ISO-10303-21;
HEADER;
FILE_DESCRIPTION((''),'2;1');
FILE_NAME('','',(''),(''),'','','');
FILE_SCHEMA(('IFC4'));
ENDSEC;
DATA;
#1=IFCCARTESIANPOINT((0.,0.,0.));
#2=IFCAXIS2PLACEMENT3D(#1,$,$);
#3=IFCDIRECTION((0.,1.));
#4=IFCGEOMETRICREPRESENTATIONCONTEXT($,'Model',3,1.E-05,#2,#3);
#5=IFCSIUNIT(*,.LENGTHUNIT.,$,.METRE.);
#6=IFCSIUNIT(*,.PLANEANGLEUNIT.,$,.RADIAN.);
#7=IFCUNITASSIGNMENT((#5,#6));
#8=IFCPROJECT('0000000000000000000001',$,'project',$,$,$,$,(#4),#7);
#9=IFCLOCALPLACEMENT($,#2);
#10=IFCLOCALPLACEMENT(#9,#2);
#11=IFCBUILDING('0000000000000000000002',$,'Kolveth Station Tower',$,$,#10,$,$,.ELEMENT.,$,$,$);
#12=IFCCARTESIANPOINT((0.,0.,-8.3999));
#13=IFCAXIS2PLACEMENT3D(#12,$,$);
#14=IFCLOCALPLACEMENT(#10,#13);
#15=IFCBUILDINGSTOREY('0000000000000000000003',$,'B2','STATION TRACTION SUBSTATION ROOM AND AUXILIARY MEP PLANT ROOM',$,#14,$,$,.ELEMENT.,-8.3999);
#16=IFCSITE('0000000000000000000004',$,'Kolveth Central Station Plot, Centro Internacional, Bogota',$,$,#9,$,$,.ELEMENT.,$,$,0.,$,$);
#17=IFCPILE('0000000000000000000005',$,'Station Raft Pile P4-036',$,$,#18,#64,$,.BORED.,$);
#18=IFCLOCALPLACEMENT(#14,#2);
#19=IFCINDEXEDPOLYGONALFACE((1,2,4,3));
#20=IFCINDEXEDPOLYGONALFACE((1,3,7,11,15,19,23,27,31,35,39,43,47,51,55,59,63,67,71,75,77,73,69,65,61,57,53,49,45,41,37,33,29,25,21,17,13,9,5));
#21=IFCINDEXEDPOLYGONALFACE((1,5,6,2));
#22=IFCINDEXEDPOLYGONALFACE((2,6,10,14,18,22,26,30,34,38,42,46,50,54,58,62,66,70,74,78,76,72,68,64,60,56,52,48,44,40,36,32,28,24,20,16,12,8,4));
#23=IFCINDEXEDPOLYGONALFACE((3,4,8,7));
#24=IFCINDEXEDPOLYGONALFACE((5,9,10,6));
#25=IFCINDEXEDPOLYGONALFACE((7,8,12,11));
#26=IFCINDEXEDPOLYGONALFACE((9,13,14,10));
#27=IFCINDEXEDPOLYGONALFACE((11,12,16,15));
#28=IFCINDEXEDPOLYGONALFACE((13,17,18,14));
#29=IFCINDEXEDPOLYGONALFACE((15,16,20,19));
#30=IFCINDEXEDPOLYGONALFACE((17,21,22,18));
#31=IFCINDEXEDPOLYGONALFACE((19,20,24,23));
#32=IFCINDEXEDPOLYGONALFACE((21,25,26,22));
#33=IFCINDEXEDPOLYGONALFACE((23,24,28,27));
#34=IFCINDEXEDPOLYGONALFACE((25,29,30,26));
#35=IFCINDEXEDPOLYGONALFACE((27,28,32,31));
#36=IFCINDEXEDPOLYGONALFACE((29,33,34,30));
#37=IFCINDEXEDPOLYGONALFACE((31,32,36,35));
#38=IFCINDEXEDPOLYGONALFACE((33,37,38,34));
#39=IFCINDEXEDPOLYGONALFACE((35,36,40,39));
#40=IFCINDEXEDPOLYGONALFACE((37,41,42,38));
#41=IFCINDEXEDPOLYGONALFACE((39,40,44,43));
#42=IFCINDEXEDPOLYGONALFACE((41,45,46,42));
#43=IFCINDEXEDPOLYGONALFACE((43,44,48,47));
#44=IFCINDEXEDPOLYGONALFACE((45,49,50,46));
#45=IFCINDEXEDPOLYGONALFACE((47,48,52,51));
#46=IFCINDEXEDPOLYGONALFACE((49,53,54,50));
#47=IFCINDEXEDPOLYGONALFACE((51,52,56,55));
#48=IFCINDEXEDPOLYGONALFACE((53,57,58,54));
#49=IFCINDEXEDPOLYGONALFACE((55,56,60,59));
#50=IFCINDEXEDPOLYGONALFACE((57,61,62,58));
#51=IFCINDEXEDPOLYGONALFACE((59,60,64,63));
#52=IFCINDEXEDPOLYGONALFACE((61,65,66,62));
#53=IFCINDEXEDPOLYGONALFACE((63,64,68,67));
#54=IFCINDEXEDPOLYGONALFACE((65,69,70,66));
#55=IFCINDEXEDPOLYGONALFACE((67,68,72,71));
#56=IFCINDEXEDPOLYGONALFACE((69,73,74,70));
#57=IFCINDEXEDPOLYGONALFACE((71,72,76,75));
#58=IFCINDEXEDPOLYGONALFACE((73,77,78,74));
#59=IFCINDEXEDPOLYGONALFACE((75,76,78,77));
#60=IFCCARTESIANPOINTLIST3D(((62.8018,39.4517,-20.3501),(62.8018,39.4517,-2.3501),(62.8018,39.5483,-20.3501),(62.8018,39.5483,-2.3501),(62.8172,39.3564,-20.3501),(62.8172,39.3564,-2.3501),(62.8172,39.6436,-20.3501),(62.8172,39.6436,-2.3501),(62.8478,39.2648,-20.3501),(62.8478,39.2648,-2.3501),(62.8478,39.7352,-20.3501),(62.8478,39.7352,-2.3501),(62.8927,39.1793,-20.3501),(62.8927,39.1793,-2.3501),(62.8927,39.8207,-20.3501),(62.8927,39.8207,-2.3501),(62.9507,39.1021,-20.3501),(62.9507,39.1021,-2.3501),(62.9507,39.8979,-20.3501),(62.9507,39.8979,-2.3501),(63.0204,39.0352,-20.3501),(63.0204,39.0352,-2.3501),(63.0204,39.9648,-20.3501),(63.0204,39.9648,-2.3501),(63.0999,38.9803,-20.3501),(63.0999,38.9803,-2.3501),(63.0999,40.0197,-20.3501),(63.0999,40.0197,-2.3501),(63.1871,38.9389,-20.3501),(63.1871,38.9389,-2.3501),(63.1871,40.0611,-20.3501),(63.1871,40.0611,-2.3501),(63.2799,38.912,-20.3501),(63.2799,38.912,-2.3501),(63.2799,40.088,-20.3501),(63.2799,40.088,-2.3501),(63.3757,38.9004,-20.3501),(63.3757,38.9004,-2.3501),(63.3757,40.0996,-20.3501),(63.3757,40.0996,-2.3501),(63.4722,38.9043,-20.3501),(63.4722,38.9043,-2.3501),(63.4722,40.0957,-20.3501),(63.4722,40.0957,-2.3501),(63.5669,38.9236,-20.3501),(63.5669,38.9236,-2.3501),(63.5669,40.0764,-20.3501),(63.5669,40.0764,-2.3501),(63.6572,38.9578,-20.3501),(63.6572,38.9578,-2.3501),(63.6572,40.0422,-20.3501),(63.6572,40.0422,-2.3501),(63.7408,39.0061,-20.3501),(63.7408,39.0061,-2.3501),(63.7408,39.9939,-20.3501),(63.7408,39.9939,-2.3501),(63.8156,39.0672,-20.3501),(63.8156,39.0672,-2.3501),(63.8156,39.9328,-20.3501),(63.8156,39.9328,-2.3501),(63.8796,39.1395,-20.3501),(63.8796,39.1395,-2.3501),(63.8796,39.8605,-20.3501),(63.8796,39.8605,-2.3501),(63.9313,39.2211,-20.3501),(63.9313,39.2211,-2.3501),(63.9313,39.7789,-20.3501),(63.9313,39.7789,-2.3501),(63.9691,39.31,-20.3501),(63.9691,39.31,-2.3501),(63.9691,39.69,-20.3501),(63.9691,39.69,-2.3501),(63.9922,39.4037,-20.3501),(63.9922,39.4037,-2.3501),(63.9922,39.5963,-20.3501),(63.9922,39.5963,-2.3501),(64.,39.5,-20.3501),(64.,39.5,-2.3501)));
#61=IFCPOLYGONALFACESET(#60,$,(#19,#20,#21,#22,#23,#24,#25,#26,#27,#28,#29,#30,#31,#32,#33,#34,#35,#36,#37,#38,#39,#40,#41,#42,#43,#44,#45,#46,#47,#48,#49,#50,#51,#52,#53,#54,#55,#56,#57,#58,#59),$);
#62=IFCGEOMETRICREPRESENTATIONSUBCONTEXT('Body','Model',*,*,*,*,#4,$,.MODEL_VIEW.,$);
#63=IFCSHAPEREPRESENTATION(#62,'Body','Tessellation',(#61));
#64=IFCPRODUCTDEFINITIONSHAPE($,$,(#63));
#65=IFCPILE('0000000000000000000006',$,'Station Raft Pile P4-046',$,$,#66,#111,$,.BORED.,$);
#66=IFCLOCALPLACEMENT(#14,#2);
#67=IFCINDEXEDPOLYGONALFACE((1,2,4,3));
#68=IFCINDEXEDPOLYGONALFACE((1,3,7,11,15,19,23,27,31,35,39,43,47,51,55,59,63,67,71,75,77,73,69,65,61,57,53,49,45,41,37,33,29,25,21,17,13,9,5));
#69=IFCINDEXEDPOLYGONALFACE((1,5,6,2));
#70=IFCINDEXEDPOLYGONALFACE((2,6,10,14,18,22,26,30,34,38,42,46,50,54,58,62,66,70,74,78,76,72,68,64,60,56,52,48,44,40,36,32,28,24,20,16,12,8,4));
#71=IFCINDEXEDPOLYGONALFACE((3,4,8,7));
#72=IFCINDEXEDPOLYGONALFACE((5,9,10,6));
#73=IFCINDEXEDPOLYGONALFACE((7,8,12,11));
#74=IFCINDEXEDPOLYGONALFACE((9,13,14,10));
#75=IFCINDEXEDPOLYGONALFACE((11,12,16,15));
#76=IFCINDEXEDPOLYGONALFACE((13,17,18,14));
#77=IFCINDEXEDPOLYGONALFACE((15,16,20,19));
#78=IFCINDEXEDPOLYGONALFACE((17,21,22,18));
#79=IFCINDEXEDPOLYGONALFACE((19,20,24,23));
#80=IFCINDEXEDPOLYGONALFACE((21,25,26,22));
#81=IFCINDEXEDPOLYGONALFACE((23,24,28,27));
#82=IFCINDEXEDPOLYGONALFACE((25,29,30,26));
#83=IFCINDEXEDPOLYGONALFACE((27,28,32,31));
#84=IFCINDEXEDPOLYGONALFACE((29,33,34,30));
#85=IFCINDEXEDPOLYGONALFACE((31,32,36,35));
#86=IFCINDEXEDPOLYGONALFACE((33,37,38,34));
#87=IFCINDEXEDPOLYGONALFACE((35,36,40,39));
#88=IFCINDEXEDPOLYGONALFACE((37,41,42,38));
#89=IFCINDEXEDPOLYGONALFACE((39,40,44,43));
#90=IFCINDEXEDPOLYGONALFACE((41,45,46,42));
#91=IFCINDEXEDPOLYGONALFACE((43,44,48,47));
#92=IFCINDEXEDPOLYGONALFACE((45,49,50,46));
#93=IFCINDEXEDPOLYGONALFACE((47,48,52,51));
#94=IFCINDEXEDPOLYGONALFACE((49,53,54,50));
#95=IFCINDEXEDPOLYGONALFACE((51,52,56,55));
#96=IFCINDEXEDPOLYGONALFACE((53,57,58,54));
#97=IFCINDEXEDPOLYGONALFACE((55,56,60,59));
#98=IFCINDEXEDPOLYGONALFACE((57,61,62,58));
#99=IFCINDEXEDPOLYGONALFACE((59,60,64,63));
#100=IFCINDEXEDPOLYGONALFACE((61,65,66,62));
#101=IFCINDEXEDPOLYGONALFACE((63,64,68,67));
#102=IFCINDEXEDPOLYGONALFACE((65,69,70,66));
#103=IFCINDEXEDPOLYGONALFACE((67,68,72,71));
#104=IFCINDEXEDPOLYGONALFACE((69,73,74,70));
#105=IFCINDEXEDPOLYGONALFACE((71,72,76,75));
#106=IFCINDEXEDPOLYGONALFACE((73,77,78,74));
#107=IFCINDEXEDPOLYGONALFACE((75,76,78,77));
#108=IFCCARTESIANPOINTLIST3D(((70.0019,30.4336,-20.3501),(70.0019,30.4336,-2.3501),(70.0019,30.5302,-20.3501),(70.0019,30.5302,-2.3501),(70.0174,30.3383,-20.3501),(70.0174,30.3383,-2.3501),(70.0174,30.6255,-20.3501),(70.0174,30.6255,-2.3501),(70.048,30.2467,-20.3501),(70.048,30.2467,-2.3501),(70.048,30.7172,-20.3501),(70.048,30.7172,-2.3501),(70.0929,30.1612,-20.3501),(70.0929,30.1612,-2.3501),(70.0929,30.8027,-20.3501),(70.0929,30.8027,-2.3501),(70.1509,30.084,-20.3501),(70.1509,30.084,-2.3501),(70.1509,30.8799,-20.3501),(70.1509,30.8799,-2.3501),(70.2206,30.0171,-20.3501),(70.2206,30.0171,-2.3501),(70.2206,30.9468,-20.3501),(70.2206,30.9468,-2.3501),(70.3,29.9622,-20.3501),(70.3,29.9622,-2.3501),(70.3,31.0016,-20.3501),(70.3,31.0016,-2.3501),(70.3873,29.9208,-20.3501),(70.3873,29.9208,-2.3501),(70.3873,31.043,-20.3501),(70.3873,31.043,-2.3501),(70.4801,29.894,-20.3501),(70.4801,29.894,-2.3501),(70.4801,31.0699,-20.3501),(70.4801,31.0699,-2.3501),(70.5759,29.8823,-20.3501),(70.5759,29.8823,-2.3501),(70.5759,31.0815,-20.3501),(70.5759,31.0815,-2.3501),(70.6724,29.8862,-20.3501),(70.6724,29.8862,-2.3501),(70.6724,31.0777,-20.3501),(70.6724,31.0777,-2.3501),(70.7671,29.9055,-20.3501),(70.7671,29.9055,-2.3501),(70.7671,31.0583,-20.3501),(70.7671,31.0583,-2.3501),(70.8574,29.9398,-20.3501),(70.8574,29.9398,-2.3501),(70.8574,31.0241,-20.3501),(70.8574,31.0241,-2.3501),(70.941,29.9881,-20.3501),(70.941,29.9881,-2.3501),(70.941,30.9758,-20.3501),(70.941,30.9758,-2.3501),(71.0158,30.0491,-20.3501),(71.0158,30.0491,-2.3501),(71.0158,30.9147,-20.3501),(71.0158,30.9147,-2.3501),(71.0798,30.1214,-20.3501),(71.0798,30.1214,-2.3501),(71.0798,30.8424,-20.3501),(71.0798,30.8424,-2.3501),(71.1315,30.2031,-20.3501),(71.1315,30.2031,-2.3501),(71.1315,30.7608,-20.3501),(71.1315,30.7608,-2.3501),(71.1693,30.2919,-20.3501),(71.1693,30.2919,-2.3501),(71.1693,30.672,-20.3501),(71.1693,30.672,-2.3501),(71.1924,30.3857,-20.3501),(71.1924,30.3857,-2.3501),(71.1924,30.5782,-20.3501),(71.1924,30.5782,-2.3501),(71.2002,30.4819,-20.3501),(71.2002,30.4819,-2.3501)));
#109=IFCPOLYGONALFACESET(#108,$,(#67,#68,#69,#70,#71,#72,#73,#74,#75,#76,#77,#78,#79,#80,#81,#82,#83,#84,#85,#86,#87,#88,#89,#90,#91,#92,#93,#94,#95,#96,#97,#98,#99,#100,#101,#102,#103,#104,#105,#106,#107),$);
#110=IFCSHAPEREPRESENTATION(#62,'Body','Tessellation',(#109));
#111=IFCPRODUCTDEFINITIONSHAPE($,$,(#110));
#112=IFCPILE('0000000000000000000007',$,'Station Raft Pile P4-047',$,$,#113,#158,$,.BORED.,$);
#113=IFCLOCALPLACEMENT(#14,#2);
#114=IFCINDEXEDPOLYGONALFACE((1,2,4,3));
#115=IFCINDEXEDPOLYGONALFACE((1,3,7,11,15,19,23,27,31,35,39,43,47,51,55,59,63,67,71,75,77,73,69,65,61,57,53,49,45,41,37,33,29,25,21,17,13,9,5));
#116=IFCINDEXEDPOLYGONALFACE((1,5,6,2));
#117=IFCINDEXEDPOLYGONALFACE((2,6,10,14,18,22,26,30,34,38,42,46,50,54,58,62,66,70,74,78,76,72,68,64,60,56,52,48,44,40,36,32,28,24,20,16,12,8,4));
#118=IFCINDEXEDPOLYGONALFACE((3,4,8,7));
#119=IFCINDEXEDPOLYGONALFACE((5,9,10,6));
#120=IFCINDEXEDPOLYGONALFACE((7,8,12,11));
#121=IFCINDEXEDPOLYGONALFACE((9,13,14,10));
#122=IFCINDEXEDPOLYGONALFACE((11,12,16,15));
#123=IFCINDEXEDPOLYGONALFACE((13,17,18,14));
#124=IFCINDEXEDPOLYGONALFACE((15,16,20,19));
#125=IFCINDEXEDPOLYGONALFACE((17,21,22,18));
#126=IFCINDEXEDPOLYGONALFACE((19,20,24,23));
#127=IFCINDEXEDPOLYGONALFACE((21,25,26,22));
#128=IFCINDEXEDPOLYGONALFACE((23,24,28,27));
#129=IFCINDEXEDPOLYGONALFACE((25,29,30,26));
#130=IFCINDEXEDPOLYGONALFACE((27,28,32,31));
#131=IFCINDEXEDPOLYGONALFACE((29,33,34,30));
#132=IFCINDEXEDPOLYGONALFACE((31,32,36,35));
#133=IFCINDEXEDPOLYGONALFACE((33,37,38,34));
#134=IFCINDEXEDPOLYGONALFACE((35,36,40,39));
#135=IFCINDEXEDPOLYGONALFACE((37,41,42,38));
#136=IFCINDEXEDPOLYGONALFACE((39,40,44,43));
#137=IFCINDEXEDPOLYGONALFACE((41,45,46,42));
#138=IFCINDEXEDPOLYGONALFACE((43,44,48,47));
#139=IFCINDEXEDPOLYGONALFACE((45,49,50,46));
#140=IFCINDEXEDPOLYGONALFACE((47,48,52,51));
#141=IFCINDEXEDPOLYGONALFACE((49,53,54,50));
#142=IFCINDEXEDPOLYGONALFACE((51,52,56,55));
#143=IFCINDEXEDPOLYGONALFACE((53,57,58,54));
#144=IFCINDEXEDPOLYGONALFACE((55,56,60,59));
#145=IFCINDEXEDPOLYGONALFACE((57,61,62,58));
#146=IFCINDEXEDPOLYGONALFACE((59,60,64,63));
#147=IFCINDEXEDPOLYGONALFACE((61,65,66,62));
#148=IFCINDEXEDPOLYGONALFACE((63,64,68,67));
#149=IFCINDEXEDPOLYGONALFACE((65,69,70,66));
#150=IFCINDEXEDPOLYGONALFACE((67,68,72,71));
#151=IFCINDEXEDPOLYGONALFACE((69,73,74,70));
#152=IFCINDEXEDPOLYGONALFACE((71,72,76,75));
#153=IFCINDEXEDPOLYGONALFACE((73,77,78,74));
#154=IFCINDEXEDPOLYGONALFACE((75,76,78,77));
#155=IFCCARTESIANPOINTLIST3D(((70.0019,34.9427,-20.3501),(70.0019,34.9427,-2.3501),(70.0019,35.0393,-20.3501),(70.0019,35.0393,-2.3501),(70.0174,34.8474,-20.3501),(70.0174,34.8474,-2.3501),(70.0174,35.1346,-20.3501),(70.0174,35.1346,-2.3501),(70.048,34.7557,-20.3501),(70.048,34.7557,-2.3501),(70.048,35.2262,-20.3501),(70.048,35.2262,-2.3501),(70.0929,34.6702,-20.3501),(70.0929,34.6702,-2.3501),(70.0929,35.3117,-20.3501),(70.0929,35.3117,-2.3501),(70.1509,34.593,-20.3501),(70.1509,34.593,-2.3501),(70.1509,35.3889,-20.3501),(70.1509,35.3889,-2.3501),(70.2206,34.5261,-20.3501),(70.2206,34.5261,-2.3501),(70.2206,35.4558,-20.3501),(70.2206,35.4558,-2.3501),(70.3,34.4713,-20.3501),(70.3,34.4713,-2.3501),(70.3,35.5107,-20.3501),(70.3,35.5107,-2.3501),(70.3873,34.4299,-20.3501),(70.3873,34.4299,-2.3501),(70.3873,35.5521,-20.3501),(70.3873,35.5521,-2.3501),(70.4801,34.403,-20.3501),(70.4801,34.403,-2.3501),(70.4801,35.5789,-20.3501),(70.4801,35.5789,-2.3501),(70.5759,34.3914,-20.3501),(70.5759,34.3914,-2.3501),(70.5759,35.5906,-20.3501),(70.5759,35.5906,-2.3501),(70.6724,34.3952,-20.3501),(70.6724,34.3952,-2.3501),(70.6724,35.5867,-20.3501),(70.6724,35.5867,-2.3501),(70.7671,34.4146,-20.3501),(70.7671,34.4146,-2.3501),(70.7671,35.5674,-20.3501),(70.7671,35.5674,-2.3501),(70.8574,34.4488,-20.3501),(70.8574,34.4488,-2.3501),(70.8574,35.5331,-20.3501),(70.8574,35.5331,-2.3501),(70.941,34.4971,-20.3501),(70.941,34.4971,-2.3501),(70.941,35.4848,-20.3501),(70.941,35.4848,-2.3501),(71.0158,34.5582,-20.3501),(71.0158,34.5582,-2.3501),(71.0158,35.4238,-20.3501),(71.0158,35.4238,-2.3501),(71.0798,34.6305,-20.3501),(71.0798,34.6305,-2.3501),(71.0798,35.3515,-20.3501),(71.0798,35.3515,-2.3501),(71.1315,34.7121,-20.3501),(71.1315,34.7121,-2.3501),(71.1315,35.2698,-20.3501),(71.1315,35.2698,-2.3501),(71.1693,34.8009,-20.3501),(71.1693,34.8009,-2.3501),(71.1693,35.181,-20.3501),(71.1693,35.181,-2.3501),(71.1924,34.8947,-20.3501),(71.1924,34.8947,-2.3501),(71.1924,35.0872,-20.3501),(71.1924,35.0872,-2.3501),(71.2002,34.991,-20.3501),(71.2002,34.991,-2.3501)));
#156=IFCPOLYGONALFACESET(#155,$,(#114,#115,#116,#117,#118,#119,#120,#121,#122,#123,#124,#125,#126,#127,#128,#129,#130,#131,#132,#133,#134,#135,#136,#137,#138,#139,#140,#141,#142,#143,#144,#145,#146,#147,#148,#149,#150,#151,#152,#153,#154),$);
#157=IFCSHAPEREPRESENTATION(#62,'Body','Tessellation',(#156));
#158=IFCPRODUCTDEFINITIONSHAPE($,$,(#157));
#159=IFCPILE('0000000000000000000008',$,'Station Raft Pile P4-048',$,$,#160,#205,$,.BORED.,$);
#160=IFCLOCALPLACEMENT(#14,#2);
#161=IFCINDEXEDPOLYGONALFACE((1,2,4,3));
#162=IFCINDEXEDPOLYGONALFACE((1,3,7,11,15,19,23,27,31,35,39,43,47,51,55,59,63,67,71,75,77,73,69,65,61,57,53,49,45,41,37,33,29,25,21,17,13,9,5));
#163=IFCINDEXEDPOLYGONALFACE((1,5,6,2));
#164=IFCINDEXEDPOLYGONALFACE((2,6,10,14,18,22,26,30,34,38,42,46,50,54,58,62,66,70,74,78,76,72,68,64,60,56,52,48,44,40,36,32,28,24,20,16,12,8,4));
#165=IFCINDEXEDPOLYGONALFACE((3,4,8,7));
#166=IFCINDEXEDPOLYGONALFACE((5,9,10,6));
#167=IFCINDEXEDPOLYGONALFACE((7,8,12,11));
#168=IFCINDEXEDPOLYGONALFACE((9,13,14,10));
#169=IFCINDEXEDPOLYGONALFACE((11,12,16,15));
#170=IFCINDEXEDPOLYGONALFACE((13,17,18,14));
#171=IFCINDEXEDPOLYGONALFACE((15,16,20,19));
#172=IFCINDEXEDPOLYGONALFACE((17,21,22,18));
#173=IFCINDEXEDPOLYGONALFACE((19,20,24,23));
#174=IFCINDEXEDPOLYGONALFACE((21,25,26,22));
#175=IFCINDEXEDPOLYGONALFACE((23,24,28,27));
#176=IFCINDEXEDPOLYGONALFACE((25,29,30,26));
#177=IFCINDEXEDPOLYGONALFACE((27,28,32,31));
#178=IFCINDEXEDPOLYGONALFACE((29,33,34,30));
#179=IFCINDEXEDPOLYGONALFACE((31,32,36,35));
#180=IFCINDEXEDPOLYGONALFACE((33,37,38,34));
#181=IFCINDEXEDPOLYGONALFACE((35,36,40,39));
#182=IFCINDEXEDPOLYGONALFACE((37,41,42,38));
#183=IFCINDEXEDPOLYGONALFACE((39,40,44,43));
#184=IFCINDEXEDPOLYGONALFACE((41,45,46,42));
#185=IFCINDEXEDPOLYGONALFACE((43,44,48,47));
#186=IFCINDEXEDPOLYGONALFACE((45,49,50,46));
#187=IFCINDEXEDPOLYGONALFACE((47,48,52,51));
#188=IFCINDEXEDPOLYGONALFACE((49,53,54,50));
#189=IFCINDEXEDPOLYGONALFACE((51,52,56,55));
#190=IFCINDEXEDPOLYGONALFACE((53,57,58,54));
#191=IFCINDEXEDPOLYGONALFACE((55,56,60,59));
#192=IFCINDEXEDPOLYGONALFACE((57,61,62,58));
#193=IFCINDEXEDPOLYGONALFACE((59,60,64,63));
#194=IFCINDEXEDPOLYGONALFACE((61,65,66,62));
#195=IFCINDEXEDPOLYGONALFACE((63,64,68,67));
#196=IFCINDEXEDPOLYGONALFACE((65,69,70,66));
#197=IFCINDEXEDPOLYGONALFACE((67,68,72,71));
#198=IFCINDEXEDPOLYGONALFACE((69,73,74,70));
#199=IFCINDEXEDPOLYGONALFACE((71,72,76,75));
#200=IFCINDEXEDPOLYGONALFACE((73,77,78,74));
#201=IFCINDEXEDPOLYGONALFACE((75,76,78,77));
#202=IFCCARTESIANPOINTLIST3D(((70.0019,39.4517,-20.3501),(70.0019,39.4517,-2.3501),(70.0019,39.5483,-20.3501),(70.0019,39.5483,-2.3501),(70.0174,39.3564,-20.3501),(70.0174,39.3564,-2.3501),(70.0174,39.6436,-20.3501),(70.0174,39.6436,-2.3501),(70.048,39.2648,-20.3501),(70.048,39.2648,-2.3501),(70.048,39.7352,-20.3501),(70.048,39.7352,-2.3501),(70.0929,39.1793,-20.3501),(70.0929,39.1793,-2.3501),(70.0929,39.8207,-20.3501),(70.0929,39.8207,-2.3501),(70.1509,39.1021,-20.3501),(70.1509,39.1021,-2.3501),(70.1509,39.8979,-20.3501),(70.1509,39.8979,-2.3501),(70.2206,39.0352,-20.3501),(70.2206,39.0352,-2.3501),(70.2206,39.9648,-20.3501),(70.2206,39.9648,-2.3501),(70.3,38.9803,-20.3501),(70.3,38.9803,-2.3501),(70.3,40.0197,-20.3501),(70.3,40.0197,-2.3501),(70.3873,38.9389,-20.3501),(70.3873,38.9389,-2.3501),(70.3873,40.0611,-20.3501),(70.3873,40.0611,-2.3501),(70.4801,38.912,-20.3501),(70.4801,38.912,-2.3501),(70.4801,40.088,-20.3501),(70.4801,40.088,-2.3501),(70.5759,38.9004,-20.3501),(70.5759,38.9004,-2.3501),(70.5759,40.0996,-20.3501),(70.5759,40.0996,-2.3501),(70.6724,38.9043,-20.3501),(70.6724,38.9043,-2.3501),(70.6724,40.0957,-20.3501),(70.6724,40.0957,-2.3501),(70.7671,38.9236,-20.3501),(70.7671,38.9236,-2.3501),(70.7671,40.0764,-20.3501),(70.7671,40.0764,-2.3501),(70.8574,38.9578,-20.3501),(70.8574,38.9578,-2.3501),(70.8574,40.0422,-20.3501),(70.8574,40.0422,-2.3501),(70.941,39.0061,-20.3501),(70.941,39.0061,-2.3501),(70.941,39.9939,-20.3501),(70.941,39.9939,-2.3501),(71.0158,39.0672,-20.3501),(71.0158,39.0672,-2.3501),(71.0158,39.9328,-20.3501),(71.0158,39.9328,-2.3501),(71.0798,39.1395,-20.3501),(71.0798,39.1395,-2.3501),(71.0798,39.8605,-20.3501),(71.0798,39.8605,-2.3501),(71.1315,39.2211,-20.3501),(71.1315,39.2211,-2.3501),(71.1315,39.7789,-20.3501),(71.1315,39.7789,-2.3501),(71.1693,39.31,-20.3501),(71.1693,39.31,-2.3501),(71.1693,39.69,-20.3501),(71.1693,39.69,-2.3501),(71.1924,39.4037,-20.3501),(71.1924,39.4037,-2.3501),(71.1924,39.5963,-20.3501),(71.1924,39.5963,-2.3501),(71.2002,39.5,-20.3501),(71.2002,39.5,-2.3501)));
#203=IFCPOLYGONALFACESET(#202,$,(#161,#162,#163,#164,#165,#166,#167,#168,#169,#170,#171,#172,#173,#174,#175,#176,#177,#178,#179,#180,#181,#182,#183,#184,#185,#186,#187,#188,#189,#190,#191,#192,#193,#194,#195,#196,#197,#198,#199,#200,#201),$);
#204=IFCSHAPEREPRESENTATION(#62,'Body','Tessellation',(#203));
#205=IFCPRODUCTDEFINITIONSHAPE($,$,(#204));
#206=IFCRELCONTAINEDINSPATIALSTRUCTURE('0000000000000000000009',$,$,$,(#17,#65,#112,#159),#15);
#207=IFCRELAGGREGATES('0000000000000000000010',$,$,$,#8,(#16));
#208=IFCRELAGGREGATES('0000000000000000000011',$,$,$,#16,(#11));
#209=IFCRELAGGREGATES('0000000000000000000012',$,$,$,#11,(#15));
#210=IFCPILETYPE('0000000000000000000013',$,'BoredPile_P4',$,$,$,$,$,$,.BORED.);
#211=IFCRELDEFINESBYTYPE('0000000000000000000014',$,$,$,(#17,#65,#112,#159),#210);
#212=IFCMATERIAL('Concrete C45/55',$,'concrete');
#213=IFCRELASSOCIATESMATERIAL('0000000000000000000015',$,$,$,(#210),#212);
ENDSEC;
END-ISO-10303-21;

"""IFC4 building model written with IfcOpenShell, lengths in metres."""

from ifc_helpers import new_model, si_unit, direction, frame, origin, origin_2d, place, context, subcontext, project, spatial, circle, extrude, source, transform, mapped, material, material_profile, profile_set, type_object, element, save


model = new_model("IFC4")

# Units and contexts
model_context = context("Model", 3, precision=1e-05, world=origin(), true_north=direction((0.0, 1.0)))
body_context = subcontext(model_context, "Body", "Model", "MODEL_VIEW")
ifc_project = project(units=[si_unit("LENGTHUNIT", "METRE"), si_unit("PLANEANGLEUNIT", "RADIAN")], contexts=[model_context])

# Site, building, storey
site_placement = place(None, origin())
site = spatial("IfcSite", under=ifc_project, at=site_placement, Name="Kolveth Central Station Plot, Centro Internacional, Bogota", CompositionType="ELEMENT", RefElevation=0.0)
building_placement = place(site_placement, origin())
building = spatial("IfcBuilding", under=site, at=building_placement, Name="Kolveth Station Tower", CompositionType="ELEMENT")
storey_placement = place(building_placement, frame((0.0, 0.0, -8.3999)))
storey = spatial("IfcBuildingStorey", under=building, at=storey_placement, Name="B2", Description="STATION TRACTION SUBSTATION ROOM AND AUXILIARY MEP PLANT ROOM", CompositionType="ELEMENT", Elevation=-8.3999)

# Piles
ifc_material_1 = material(Name="Concrete C45/55", Category="concrete")
ifc_material_profile_1 = material_profile(ifc_material_1, circle(Radius=0.6001, at=origin_2d()), Name="PILE-D1200")
ifc_profile_set_1 = profile_set([ifc_material_profile_1], Name="Concrete C45/55")
pile_type = type_object("IfcPileType", Name="BoredPile_P4", PredefinedType="BORED", material=ifc_profile_set_1)
shared_shape_1 = source(origin(), body_context, "Body", "SweptSolid", [
    extrude(circle(Radius=0.6001, at=origin_2d()), origin(), (0.0, 0.0, 1.0), 18.0),
])
for number, where, z_axis, x_axis, name in (
    (1, (63.3999, 39.5, -2.3501), (0.0, 0.0, -1.0), (1.0, 0.0, 0.0), "Station Raft Pile P4-036"),
    (2, (70.6001, 30.4819, -2.3501), (0.0, 0.0, -1.0), (1.0, 0.0, 0.0), "Station Raft Pile P4-046"),
    (3, (70.6001, 34.991, -2.3501), (0.0, 0.0, -1.0), (1.0, 0.0, 0.0), "Station Raft Pile P4-047"),
    (4, (70.6001, 39.5, -2.3501), (0.0, 0.0, -1.0), (1.0, 0.0, 0.0), "Station Raft Pile P4-048"),
):
    element("IfcPile", number, at=place(storey_placement, frame(where, z_axis=z_axis, x_axis=x_axis)), inside=storey, type_object=pile_type, Name=name, PredefinedType="BORED", context=body_context, shape_type="MappedRepresentation", body=[
        mapped(shared_shape_1, transform((0.0, 0.0, 0.0), x_axis=(1.0, 0.0, 0.0), y_axis=(0.0, 1.0, 0.0), z_axis=(0.0, 0.0, 1.0), scale=1.0)),
    ])

save(model, "model.ifc")
